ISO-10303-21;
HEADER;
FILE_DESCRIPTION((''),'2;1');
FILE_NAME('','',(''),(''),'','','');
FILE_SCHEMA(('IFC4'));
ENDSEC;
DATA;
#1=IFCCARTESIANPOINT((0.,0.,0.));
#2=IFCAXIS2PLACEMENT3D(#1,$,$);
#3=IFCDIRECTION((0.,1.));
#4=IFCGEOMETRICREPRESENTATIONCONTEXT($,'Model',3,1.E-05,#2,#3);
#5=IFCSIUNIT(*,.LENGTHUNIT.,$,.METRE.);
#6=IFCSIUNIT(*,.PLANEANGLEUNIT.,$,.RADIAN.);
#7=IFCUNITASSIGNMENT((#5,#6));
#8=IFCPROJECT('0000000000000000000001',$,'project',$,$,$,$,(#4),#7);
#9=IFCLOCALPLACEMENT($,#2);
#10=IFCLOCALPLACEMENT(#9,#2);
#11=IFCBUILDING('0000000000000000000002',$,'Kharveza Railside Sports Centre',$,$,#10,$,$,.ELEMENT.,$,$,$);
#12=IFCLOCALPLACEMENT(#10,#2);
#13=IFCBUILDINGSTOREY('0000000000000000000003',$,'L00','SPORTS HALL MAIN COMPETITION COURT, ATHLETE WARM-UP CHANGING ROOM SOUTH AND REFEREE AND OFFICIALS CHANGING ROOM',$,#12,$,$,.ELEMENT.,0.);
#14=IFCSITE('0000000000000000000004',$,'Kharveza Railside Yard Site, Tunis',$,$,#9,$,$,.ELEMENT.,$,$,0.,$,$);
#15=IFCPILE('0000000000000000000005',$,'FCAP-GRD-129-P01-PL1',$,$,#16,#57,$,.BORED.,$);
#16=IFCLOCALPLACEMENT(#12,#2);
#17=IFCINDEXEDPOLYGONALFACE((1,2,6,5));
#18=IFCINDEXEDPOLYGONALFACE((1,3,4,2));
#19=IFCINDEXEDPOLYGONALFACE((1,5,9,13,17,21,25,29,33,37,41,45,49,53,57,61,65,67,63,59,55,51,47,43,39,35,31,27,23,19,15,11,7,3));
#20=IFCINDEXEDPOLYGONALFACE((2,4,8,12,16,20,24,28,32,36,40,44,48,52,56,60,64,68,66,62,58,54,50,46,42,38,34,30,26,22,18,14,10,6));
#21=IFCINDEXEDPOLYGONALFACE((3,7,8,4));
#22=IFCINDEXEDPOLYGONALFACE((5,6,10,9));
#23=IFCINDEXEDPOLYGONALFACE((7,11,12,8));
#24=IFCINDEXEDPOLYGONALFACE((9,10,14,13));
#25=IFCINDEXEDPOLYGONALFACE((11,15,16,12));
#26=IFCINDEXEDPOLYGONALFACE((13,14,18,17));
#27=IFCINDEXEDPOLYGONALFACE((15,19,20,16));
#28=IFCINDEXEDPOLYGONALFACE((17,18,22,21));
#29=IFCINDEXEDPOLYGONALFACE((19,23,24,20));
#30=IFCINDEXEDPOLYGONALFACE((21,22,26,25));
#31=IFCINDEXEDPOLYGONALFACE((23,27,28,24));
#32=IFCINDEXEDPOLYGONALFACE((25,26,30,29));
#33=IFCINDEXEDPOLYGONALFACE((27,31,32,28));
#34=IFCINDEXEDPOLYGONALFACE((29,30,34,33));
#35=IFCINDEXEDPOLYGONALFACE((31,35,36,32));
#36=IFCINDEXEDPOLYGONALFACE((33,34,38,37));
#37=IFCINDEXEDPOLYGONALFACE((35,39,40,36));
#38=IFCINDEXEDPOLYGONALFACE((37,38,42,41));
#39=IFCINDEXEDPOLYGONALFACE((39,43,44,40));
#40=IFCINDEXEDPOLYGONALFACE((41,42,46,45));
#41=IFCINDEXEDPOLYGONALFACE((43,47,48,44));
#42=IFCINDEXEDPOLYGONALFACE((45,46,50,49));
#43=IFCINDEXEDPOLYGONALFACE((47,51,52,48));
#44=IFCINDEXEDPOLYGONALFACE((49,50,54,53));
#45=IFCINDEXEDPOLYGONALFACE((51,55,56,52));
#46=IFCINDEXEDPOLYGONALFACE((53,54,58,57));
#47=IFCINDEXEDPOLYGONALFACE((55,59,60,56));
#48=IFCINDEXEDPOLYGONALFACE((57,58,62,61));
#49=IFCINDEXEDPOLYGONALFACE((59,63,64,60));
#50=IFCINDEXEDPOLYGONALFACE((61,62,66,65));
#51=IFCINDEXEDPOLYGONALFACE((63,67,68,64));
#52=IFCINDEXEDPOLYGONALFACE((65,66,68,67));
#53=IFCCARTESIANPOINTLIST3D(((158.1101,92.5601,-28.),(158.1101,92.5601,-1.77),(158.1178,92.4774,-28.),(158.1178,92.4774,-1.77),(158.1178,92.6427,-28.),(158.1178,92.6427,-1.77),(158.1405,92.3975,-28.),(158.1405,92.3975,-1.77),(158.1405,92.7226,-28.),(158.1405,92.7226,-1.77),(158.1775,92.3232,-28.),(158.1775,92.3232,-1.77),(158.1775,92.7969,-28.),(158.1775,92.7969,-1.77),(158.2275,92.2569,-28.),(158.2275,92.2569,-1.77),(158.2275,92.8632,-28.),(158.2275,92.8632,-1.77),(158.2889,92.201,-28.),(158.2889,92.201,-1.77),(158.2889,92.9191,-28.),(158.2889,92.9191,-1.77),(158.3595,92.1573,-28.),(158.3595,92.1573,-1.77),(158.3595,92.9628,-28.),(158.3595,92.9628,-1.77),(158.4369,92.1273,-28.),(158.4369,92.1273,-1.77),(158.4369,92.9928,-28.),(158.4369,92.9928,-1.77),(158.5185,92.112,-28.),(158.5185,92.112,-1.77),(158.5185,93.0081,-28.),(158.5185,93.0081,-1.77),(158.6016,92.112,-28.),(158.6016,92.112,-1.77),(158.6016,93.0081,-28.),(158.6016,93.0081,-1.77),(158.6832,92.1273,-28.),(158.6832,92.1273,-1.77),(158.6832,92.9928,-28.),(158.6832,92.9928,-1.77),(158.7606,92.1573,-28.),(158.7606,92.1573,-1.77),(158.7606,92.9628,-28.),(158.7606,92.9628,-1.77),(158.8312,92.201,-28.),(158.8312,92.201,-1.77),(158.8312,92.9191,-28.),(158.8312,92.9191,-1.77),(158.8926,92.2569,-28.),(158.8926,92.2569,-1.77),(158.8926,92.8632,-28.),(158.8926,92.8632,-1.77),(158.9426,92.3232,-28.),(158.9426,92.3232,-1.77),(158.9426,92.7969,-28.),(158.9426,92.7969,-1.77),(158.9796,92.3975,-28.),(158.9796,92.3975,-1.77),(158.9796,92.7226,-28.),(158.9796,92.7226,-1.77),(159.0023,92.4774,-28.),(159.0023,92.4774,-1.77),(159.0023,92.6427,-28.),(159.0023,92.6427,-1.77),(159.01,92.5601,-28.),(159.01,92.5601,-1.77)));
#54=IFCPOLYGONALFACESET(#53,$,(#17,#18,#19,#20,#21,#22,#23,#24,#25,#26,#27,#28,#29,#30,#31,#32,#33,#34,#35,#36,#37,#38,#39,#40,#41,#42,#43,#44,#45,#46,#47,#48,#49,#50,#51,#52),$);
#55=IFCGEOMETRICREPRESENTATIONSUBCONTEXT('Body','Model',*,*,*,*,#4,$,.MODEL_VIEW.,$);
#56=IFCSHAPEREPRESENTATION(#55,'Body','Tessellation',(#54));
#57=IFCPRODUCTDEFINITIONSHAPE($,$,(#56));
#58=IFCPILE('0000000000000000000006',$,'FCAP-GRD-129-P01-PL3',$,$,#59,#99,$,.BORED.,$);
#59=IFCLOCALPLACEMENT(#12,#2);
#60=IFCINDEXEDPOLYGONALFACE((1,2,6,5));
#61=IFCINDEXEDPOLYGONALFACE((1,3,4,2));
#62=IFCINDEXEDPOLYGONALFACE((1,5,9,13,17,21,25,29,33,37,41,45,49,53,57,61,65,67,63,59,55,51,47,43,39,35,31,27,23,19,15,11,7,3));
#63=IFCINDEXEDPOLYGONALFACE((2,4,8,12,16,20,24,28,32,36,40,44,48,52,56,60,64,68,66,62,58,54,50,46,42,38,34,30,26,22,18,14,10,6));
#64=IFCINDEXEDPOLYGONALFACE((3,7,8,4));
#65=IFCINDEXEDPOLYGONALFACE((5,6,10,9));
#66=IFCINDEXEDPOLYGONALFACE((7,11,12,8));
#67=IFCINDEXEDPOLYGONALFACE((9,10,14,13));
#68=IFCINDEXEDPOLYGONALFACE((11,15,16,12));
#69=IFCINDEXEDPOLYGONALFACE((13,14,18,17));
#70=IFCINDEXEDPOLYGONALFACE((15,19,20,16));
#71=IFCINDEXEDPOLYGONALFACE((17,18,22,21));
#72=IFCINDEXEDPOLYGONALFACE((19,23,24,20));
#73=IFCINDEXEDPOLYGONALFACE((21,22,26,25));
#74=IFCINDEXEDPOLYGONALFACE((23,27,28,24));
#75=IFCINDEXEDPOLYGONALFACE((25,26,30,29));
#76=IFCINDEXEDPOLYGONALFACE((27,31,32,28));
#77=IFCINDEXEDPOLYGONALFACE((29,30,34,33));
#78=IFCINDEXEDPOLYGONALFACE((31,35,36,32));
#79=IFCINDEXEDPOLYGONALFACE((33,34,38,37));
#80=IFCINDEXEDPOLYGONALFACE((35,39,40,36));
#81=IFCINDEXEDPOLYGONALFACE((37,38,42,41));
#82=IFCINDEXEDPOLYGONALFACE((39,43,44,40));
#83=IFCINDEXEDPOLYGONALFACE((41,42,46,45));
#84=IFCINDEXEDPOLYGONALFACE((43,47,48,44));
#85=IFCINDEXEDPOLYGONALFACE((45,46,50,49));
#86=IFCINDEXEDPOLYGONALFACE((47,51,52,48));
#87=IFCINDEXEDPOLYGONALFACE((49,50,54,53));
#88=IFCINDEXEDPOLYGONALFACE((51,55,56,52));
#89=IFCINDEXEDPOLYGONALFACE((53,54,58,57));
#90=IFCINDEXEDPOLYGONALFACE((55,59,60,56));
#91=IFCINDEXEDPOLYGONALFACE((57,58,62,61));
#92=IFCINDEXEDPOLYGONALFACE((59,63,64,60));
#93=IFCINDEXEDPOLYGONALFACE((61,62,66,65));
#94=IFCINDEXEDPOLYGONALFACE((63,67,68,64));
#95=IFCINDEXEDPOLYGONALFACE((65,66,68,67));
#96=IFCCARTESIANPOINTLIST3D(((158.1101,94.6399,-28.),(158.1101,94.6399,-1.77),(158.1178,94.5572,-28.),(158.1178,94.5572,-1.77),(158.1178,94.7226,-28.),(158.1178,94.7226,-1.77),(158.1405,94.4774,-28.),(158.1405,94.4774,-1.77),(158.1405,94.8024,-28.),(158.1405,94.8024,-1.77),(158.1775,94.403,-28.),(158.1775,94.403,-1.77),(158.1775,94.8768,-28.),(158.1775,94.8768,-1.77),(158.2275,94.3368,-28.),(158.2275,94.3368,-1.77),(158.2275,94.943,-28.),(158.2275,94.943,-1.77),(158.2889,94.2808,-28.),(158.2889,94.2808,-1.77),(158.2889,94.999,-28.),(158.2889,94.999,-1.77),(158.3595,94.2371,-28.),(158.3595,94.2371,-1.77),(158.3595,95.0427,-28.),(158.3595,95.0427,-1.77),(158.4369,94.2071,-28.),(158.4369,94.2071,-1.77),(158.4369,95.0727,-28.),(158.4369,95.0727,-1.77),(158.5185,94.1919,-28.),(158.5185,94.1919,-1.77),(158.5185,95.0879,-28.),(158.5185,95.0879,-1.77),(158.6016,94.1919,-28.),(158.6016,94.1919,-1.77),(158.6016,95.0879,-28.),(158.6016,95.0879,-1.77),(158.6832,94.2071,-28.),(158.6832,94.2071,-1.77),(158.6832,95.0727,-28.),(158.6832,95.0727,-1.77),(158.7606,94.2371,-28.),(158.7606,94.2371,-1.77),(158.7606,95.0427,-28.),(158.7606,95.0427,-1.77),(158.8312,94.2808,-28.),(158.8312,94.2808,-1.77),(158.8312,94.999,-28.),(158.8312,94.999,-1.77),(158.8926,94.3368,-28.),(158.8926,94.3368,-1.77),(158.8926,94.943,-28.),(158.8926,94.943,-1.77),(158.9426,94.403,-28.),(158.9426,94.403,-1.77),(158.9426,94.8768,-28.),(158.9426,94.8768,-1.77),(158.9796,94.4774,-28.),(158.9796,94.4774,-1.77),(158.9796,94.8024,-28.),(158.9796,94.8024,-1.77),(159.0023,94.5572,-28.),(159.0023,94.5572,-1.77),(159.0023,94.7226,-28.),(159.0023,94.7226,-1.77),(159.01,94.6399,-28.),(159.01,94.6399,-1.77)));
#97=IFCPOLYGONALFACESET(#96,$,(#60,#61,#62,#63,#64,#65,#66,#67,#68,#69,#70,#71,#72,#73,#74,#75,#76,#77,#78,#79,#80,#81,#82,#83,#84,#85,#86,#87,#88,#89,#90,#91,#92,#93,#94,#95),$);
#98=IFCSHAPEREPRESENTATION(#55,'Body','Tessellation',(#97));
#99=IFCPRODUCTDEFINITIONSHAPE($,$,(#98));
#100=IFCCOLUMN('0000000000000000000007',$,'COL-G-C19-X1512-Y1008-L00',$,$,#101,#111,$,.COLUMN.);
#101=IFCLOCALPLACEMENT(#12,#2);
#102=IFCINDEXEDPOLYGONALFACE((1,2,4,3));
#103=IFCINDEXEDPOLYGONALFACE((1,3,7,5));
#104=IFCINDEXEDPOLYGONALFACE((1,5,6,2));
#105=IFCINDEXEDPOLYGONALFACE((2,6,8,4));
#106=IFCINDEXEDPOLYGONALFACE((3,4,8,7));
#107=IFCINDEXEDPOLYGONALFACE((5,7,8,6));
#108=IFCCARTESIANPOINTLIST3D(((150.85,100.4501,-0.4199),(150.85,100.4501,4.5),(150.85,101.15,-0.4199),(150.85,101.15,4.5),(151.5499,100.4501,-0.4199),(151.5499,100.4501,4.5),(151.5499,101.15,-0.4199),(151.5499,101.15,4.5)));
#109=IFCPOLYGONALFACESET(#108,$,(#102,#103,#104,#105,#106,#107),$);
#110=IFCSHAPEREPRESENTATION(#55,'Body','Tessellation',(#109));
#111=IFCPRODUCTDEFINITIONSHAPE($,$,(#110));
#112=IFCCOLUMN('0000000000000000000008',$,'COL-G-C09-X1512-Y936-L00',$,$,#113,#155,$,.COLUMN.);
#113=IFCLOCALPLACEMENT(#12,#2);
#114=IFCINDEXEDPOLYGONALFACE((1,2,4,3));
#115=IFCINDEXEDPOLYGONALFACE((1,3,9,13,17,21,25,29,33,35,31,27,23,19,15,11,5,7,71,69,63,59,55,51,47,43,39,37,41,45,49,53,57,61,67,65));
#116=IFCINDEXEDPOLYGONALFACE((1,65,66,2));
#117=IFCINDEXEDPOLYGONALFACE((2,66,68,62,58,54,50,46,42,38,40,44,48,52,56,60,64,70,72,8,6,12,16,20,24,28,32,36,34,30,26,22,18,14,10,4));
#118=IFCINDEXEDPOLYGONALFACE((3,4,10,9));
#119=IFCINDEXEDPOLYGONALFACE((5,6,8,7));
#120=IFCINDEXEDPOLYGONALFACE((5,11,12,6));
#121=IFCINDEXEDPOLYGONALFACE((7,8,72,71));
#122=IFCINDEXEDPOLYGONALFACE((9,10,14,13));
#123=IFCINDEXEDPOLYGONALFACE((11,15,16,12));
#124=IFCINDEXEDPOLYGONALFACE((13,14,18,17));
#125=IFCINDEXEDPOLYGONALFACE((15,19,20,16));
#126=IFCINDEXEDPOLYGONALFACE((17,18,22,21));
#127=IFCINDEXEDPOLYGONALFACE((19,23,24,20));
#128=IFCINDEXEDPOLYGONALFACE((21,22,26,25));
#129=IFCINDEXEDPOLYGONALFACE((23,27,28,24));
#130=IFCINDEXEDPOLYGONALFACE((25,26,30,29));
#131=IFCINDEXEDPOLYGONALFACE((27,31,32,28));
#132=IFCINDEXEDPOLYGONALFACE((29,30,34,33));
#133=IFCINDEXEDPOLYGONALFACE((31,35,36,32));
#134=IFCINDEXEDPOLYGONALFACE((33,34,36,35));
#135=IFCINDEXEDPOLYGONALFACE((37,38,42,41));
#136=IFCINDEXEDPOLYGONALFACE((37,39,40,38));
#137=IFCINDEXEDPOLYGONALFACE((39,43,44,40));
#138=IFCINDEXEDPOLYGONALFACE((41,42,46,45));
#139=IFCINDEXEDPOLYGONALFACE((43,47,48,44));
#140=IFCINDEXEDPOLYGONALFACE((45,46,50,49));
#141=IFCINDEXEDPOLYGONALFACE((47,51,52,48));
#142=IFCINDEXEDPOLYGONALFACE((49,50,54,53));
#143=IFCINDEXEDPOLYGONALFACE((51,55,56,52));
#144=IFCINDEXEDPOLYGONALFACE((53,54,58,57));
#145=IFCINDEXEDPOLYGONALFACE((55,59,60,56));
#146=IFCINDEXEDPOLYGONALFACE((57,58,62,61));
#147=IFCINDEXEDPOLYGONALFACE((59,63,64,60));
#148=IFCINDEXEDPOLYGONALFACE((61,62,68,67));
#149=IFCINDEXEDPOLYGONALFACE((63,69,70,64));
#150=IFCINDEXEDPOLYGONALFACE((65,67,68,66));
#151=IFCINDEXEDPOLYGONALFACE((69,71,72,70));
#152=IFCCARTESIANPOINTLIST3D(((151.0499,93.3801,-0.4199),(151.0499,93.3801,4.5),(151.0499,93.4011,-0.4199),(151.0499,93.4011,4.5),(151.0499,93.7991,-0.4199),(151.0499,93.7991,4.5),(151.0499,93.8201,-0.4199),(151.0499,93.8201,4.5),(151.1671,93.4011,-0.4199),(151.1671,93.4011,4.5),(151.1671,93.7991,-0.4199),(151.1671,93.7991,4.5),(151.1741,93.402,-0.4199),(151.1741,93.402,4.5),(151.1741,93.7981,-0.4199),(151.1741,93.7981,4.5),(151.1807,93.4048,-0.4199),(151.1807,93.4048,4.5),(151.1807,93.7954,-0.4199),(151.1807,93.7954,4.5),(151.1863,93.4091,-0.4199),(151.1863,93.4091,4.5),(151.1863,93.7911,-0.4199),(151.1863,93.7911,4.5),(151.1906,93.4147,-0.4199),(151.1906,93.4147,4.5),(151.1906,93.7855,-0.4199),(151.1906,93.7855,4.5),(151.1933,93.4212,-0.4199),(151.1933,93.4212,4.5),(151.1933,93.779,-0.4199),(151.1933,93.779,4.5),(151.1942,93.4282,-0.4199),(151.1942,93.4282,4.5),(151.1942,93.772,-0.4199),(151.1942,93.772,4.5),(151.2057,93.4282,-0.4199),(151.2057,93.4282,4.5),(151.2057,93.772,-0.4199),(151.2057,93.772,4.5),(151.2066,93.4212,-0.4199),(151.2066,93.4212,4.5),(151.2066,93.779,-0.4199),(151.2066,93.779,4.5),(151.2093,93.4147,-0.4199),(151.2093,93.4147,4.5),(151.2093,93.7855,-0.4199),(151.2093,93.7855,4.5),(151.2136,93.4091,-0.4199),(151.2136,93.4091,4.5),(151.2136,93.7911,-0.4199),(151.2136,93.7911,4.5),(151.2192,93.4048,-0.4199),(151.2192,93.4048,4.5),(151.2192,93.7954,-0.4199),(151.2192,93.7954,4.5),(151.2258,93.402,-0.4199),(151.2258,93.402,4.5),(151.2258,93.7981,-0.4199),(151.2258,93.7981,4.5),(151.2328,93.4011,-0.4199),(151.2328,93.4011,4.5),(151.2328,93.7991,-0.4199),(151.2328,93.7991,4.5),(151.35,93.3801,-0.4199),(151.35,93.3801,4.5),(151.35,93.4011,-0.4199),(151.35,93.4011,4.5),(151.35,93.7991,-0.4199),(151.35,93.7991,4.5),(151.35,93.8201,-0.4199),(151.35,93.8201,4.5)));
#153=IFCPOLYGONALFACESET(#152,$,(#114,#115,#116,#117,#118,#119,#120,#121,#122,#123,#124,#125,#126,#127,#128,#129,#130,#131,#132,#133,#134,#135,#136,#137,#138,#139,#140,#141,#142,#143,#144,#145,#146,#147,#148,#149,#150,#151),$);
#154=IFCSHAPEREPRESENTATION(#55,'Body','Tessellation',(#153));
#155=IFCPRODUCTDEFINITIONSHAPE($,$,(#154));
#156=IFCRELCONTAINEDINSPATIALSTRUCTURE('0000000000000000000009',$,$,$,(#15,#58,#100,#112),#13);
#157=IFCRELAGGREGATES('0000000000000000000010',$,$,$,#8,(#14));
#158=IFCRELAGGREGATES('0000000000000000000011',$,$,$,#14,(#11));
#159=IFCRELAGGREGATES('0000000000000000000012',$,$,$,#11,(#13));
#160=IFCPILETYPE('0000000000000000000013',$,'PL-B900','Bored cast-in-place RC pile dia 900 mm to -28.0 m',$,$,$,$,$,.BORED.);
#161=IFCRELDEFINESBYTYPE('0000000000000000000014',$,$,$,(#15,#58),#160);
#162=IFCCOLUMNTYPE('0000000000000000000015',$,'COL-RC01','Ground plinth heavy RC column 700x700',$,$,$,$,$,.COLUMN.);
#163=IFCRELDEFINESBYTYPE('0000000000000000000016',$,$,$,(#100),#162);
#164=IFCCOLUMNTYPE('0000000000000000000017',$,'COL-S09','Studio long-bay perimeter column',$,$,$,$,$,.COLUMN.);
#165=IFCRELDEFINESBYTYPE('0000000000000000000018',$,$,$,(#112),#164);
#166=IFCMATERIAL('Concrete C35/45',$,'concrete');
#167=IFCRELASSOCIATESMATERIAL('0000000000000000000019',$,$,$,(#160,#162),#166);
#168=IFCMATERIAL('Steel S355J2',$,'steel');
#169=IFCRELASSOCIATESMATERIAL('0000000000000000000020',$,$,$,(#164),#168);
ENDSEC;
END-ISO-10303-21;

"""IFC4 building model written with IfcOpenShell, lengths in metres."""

from ifc_helpers import new_model, si_unit, direction, frame, origin, origin_2d, place, context, subcontext, project, spatial, rectangle, circle, i_section, extrude, material, material_profile, profile_set, type_object, element, save


model = new_model("IFC4")

# Units and contexts
model_context = context("Model", 3, precision=1e-05, world=origin(), true_north=direction((0.0, 1.0)))
body_context = subcontext(model_context, "Body", "Model", "MODEL_VIEW")
ifc_project = project(units=[si_unit("LENGTHUNIT", "METRE"), si_unit("PLANEANGLEUNIT", "RADIAN")], contexts=[model_context])

# Site, building, storey
site_placement = place(None, origin())
site = spatial("IfcSite", under=ifc_project, at=site_placement, Name="Kharveza Railside Yard Site, Tunis", CompositionType="ELEMENT", RefElevation=0.0)
building_placement = place(site_placement, origin())
building = spatial("IfcBuilding", under=site, at=building_placement, Name="Kharveza Railside Sports Centre", CompositionType="ELEMENT")
storey_placement = place(building_placement, origin())
storey = spatial("IfcBuildingStorey", under=building, at=storey_placement, Name="L00", Description="SPORTS HALL MAIN COMPETITION COURT, ATHLETE WARM-UP CHANGING ROOM SOUTH AND REFEREE AND OFFICIALS CHANGING ROOM", CompositionType="ELEMENT", Elevation=0.0)

# Shared definitions
ifc_material_1 = material(Name="Concrete C35/45", Category="concrete")

# Piles
ifc_material_profile_1 = material_profile(ifc_material_1, circle(Radius=0.45, at=origin_2d()), Name="PILE D900")
ifc_profile_set_1 = profile_set([ifc_material_profile_1], Name="Concrete C35/45")
pile_type_1 = type_object("IfcPileType", Name="PL-B900", Description="Bored cast-in-place RC pile dia 900 mm to -28.0 m", PredefinedType="BORED", material=ifc_profile_set_1)
for number, where, z_axis, x_axis, name in (
    (1, (158.5601, 92.5601, -1.77), (0.0, 0.0, -1.0), (1.0, 0.0, 0.0), "FCAP-GRD-129-P01-PL1"),
    (2, (158.5601, 94.6399, -1.77), (0.0, 0.0, -1.0), (1.0, 0.0, 0.0), "FCAP-GRD-129-P01-PL3"),
):
    element("IfcPile", number, at=place(storey_placement, frame(where, z_axis=z_axis, x_axis=x_axis)), inside=storey, type_object=pile_type_1, Name=name, PredefinedType="BORED", context=body_context, shape_type="SweptSolid", body=[
        extrude(circle(Radius=0.45, at=origin_2d()), origin(), (0.0, 0.0, 1.0), 26.23),
    ])

# Columns
ifc_material_profile_2 = material_profile(ifc_material_1, rectangle(XDim=0.7, YDim=0.7, at=origin_2d()), Name="RC 700x700")
ifc_profile_set_2 = profile_set([ifc_material_profile_2], Name="Concrete C35/45")
column_type_1 = type_object("IfcColumnType", Name="COL-RC01", Description="Ground plinth heavy RC column 700x700", PredefinedType="COLUMN", material=ifc_profile_set_2)
column_1_placement = place(storey_placement, frame((151.2, 100.8, -0.4199), z_axis=(0.0, 0.0, 1.0), x_axis=(1.0, 0.0, 0.0)))
element("IfcColumn", 3, at=column_1_placement, inside=storey, type_object=column_type_1, Name="COL-G-C19-X1512-Y1008-L00", PredefinedType="COLUMN", context=body_context, shape_type="SweptSolid", body=[
    extrude(rectangle(XDim=0.7, YDim=0.7, at=origin_2d()), origin(), (0.0, 0.0, 1.0), 4.9199),
])
ifc_material_2 = material(Name="Steel S355J2", Category="steel")
ifc_material_profile_3 = material_profile(ifc_material_2, i_section(OverallWidth=0.3, OverallDepth=0.4399, WebThickness=0.0115, FlangeThickness=0.021, FilletRadius=0.0271, at=origin_2d()), Name="HEA 450")
ifc_profile_set_3 = profile_set([ifc_material_profile_3], Name="Steel S355J2")
column_type_2 = type_object("IfcColumnType", Name="COL-S09", Description="Studio long-bay perimeter column", PredefinedType="COLUMN", material=ifc_profile_set_3)
column_2_placement = place(storey_placement, frame((151.2, 93.6001, -0.4199), z_axis=(0.0, 0.0, 1.0), x_axis=(1.0, 0.0, 0.0)))
element("IfcColumn", 4, at=column_2_placement, inside=storey, type_object=column_type_2, Name="COL-G-C09-X1512-Y936-L00", PredefinedType="COLUMN", context=body_context, shape_type="SweptSolid", body=[
    extrude(i_section(OverallWidth=0.3, OverallDepth=0.4399, WebThickness=0.0115, FlangeThickness=0.021, FilletRadius=0.0271, at=origin_2d()), origin(), (0.0, 0.0, 1.0), 4.9199),
])

save(model, "model.ifc")
